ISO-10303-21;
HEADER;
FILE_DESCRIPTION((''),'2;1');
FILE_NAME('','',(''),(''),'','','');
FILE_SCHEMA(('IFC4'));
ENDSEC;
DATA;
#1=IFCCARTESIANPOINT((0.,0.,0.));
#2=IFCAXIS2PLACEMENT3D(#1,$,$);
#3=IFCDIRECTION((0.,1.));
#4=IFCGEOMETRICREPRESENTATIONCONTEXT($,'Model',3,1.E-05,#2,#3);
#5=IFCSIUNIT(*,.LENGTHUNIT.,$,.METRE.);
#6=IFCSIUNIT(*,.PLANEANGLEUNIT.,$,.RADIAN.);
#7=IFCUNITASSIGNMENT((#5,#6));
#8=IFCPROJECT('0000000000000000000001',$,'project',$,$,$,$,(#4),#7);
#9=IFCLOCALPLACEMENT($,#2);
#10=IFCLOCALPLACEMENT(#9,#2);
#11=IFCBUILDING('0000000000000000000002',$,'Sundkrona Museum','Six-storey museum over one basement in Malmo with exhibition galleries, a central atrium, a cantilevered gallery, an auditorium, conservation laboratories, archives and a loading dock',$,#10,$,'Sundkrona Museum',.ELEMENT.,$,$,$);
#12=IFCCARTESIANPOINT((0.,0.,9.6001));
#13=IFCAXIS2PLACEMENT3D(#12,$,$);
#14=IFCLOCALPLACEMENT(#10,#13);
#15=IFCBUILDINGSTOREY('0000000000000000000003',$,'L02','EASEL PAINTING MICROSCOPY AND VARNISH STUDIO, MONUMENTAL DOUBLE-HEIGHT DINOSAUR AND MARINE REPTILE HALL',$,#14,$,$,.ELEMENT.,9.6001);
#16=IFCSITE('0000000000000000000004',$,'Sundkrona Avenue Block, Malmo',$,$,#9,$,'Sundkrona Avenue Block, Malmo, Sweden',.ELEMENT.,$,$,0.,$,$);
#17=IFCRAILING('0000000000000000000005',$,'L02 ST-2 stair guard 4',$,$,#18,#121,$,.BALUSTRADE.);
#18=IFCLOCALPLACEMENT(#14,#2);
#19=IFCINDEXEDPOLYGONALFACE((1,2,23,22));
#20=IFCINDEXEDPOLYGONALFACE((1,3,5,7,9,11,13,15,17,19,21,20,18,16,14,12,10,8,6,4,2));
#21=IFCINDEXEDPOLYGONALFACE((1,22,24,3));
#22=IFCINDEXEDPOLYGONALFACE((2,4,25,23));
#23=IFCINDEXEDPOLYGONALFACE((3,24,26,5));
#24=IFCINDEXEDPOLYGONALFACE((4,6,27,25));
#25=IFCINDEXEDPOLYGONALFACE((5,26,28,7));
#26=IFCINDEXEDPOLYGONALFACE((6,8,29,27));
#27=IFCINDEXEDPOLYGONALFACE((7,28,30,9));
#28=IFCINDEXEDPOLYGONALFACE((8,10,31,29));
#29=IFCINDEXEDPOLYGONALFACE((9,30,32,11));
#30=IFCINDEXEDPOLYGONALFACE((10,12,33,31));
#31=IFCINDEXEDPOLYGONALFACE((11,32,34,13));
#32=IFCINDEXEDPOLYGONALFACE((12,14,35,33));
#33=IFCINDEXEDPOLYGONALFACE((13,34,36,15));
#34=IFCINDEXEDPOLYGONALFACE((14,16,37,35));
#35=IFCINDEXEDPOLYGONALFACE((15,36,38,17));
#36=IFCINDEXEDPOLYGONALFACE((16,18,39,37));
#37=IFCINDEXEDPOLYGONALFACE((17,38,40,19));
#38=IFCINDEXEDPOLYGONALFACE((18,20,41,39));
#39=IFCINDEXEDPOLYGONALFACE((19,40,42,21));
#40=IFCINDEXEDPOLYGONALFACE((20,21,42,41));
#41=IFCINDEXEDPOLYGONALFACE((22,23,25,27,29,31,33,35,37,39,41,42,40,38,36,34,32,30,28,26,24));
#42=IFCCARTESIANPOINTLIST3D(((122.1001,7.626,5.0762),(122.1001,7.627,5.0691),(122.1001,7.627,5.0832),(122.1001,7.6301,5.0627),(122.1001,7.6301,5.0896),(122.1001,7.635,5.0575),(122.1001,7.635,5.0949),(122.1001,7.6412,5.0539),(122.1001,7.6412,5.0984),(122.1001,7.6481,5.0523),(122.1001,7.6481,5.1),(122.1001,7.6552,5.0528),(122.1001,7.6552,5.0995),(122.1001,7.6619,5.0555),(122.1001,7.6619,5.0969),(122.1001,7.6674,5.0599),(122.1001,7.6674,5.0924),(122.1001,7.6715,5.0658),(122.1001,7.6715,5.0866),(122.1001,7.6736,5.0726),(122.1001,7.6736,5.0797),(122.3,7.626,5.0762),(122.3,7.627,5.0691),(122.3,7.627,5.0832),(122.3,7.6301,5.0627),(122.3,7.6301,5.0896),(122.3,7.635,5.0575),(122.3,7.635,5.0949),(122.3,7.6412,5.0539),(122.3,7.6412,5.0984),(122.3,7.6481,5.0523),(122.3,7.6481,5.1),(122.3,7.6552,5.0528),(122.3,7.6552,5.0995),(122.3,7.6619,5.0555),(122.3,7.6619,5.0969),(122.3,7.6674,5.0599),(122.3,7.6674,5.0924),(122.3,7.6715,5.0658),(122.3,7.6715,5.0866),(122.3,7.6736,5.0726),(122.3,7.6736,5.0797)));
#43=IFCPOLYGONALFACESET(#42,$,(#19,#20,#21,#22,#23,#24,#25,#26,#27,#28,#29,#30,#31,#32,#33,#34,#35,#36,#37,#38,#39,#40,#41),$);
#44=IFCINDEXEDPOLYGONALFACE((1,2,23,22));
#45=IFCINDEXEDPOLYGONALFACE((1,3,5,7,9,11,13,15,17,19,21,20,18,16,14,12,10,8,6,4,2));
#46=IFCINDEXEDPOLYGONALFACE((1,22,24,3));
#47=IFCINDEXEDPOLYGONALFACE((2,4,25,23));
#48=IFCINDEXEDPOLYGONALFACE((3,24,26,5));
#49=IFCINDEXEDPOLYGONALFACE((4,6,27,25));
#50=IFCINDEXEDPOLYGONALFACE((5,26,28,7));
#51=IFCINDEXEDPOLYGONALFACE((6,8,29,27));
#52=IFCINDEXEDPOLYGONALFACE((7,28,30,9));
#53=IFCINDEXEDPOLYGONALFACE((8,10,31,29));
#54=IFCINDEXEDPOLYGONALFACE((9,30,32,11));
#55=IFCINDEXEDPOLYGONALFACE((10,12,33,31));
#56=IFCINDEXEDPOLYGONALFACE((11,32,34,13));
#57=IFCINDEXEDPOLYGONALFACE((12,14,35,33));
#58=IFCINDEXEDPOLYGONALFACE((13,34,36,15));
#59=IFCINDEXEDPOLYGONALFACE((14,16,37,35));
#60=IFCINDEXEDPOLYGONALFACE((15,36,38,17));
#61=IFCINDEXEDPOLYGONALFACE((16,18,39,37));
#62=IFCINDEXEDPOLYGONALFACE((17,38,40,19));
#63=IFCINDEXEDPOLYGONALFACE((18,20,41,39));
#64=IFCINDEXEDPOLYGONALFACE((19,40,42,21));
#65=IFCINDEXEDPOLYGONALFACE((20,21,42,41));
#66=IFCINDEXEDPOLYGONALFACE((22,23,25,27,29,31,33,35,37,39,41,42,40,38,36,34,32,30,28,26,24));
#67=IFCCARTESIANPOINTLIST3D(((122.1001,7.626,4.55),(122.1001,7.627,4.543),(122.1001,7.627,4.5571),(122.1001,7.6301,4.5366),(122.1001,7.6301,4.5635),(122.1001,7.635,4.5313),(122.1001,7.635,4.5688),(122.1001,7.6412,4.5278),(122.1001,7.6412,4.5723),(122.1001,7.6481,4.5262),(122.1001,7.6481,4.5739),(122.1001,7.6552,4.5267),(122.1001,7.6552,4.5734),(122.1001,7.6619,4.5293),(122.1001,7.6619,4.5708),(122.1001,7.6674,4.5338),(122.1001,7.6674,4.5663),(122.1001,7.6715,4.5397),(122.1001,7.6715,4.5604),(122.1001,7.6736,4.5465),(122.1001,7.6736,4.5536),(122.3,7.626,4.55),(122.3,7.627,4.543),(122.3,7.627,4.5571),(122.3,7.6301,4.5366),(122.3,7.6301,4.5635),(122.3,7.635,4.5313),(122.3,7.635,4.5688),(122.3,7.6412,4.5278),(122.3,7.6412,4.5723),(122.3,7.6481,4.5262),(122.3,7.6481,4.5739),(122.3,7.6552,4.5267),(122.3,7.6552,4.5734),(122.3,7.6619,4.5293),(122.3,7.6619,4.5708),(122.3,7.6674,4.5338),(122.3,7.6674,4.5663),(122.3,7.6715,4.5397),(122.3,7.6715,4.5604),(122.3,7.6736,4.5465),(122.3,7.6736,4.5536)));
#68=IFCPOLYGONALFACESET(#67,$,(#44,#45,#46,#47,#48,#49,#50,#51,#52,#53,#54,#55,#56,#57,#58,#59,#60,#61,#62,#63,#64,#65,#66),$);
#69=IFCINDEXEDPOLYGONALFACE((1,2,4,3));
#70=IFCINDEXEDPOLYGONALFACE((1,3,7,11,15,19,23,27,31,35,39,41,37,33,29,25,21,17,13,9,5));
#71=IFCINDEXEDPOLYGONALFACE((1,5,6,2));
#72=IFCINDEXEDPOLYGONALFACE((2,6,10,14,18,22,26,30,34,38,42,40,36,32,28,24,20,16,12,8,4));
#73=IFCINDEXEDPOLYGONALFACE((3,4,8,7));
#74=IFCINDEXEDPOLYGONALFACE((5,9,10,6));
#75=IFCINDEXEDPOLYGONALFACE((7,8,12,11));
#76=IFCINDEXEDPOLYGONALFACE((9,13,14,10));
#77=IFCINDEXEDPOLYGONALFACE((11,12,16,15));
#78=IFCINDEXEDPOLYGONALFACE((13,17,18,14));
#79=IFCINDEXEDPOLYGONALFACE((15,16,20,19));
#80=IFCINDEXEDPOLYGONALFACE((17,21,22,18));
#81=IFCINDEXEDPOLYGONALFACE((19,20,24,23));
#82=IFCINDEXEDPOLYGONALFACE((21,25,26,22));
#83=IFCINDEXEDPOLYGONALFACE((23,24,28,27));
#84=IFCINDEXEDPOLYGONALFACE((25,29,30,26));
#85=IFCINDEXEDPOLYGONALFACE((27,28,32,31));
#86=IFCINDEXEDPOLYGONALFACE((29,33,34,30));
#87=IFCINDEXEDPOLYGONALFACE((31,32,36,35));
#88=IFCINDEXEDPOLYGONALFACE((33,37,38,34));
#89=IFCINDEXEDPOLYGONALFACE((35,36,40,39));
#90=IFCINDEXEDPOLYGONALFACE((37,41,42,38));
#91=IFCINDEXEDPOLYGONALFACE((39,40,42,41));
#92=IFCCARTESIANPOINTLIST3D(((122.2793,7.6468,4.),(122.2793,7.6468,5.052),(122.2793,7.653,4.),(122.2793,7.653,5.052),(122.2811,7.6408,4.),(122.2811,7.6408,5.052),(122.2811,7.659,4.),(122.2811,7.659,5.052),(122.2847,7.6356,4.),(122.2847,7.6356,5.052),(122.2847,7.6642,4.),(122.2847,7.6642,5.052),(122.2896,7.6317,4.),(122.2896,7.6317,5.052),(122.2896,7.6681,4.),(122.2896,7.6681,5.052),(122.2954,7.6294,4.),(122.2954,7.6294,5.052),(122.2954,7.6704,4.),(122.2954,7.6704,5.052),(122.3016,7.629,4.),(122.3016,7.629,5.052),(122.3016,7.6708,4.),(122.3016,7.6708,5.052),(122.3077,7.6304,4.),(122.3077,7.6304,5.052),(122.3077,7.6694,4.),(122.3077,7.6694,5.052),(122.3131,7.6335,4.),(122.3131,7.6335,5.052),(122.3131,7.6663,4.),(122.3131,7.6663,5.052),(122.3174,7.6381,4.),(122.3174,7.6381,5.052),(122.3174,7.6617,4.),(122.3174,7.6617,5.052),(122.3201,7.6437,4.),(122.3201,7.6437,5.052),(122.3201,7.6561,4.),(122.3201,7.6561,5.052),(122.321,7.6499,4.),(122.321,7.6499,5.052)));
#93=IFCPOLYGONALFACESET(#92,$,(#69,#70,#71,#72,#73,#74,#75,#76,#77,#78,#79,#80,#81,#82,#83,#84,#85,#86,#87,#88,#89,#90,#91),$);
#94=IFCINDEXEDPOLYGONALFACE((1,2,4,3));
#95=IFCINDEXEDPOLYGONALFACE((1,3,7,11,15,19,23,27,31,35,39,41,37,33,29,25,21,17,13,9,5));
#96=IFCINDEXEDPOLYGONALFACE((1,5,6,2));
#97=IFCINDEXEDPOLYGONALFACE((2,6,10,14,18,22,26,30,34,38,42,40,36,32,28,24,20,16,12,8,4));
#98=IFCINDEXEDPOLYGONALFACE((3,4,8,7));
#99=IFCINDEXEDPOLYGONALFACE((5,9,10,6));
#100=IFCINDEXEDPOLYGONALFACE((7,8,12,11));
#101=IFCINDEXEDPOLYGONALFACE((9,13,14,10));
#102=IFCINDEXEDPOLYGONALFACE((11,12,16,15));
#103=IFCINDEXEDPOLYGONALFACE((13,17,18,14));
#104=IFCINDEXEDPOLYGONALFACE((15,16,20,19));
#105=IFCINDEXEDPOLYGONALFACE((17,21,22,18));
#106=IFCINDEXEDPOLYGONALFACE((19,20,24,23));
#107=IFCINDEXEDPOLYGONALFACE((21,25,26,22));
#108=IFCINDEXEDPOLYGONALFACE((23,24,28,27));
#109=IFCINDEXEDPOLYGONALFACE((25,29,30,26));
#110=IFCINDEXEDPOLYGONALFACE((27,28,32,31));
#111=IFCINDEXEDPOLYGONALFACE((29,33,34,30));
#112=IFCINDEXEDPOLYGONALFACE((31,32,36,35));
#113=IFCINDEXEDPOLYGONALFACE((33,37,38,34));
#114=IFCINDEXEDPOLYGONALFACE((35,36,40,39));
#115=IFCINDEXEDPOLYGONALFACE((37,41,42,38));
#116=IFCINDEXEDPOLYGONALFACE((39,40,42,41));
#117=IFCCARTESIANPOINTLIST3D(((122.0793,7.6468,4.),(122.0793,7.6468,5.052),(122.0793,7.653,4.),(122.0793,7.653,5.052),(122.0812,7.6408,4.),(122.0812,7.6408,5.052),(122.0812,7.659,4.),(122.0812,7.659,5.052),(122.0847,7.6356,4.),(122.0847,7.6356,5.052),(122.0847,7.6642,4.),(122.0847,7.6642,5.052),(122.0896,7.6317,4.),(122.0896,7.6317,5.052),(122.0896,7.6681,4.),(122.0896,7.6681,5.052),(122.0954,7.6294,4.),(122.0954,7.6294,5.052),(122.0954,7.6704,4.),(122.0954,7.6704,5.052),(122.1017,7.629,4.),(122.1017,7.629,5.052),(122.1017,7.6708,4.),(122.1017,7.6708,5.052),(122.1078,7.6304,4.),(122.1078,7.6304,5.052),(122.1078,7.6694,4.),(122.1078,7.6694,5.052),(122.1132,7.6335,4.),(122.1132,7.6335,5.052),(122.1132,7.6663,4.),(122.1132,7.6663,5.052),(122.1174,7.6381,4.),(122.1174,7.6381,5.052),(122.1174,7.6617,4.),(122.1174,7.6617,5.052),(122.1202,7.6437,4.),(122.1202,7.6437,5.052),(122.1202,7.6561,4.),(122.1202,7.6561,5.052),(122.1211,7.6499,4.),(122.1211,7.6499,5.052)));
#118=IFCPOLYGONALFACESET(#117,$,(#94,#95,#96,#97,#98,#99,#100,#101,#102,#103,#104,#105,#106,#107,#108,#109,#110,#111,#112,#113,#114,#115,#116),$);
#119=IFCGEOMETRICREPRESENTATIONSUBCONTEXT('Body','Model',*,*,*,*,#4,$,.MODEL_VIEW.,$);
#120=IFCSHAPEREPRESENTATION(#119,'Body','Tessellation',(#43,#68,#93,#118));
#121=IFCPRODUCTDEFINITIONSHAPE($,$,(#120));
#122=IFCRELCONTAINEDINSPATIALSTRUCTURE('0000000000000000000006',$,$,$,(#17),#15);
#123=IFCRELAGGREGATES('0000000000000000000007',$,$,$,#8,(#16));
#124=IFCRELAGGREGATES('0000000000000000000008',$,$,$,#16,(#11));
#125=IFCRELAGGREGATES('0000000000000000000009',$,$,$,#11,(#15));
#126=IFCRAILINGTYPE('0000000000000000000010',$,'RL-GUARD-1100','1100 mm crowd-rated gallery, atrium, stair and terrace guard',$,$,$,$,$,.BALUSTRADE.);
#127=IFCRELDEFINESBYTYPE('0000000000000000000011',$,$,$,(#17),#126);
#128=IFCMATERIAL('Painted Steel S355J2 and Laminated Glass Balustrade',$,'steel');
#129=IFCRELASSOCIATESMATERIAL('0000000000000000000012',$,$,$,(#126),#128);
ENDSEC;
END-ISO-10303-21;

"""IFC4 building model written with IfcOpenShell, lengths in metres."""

from ifc_helpers import new_model, si_unit, direction, frame, origin, origin_2d, place, context, subcontext, project, spatial, circle, extrude, material, type_object, element, save


model = new_model("IFC4")

# Units and contexts
model_context = context("Model", 3, precision=1e-05, world=origin(), true_north=direction((0.0, 1.0)))
body_context = subcontext(model_context, "Body", "Model", "MODEL_VIEW")
ifc_project = project(units=[si_unit("LENGTHUNIT", "METRE"), si_unit("PLANEANGLEUNIT", "RADIAN")], contexts=[model_context])

# Site, building, storey
site_placement = place(None, origin())
site = spatial("IfcSite", under=ifc_project, at=site_placement, Name="Sundkrona Avenue Block, Malmo", LongName="Sundkrona Avenue Block, Malmo, Sweden", CompositionType="ELEMENT", RefElevation=0.0)
building_placement = place(site_placement, origin())
building = spatial("IfcBuilding", under=site, at=building_placement, Name="Sundkrona Museum", Description="Six-storey museum over one basement in Malmo with exhibition galleries, a central atrium, a cantilevered gallery, an auditorium, conservation laboratories, archives and a loading dock", LongName="Sundkrona Museum", CompositionType="ELEMENT")
storey_placement = place(building_placement, frame((0.0, 0.0, 9.6001)))
storey = spatial("IfcBuildingStorey", under=building, at=storey_placement, Name="L02", Description="EASEL PAINTING MICROSCOPY AND VARNISH STUDIO, MONUMENTAL DOUBLE-HEIGHT DINOSAUR AND MARINE REPTILE HALL", CompositionType="ELEMENT", Elevation=9.6001)

# Railing
ifc_material_1 = material(Name="Painted Steel S355J2 and Laminated Glass Balustrade", Category="steel")
railing_type_1 = type_object("IfcRailingType", Name="RL-GUARD-1100", Description="1100 mm crowd-rated gallery, atrium, stair and terrace guard", PredefinedType="BALUSTRADE", material=ifc_material_1)
railing_1_placement = place(storey_placement, frame((122.3, 7.6499, 4.0)))
element("IfcRailing", 1, at=railing_1_placement, inside=storey, type_object=railing_type_1, Name="L02 ST-2 stair guard 4", PredefinedType="BALUSTRADE", context=body_context, shape_type="SweptSolid", body=[
    extrude(circle(Radius=0.0239, at=origin_2d()), frame((0.0, 0.0, 1.0762), z_axis=(-1.0, 0.0, 0.0), x_axis=(0.0, -1.0, 0.0)), (0.0, 0.0, 1.0), 0.2),
    extrude(circle(Radius=0.0239, at=origin_2d()), frame((0.0, 0.0, 0.55), z_axis=(-1.0, 0.0, 0.0), x_axis=(0.0, -1.0, 0.0)), (0.0, 0.0, 1.0), 0.2),
    extrude(circle(Radius=0.021, at=origin_2d()), origin(), (0.0, 0.0, 1.0), 1.052),
    extrude(circle(Radius=0.021, at=origin_2d()), frame((-0.2, 0.0, 0.0)), (0.0, 0.0, 1.0), 1.052),
])

save(model, "model.ifc")
